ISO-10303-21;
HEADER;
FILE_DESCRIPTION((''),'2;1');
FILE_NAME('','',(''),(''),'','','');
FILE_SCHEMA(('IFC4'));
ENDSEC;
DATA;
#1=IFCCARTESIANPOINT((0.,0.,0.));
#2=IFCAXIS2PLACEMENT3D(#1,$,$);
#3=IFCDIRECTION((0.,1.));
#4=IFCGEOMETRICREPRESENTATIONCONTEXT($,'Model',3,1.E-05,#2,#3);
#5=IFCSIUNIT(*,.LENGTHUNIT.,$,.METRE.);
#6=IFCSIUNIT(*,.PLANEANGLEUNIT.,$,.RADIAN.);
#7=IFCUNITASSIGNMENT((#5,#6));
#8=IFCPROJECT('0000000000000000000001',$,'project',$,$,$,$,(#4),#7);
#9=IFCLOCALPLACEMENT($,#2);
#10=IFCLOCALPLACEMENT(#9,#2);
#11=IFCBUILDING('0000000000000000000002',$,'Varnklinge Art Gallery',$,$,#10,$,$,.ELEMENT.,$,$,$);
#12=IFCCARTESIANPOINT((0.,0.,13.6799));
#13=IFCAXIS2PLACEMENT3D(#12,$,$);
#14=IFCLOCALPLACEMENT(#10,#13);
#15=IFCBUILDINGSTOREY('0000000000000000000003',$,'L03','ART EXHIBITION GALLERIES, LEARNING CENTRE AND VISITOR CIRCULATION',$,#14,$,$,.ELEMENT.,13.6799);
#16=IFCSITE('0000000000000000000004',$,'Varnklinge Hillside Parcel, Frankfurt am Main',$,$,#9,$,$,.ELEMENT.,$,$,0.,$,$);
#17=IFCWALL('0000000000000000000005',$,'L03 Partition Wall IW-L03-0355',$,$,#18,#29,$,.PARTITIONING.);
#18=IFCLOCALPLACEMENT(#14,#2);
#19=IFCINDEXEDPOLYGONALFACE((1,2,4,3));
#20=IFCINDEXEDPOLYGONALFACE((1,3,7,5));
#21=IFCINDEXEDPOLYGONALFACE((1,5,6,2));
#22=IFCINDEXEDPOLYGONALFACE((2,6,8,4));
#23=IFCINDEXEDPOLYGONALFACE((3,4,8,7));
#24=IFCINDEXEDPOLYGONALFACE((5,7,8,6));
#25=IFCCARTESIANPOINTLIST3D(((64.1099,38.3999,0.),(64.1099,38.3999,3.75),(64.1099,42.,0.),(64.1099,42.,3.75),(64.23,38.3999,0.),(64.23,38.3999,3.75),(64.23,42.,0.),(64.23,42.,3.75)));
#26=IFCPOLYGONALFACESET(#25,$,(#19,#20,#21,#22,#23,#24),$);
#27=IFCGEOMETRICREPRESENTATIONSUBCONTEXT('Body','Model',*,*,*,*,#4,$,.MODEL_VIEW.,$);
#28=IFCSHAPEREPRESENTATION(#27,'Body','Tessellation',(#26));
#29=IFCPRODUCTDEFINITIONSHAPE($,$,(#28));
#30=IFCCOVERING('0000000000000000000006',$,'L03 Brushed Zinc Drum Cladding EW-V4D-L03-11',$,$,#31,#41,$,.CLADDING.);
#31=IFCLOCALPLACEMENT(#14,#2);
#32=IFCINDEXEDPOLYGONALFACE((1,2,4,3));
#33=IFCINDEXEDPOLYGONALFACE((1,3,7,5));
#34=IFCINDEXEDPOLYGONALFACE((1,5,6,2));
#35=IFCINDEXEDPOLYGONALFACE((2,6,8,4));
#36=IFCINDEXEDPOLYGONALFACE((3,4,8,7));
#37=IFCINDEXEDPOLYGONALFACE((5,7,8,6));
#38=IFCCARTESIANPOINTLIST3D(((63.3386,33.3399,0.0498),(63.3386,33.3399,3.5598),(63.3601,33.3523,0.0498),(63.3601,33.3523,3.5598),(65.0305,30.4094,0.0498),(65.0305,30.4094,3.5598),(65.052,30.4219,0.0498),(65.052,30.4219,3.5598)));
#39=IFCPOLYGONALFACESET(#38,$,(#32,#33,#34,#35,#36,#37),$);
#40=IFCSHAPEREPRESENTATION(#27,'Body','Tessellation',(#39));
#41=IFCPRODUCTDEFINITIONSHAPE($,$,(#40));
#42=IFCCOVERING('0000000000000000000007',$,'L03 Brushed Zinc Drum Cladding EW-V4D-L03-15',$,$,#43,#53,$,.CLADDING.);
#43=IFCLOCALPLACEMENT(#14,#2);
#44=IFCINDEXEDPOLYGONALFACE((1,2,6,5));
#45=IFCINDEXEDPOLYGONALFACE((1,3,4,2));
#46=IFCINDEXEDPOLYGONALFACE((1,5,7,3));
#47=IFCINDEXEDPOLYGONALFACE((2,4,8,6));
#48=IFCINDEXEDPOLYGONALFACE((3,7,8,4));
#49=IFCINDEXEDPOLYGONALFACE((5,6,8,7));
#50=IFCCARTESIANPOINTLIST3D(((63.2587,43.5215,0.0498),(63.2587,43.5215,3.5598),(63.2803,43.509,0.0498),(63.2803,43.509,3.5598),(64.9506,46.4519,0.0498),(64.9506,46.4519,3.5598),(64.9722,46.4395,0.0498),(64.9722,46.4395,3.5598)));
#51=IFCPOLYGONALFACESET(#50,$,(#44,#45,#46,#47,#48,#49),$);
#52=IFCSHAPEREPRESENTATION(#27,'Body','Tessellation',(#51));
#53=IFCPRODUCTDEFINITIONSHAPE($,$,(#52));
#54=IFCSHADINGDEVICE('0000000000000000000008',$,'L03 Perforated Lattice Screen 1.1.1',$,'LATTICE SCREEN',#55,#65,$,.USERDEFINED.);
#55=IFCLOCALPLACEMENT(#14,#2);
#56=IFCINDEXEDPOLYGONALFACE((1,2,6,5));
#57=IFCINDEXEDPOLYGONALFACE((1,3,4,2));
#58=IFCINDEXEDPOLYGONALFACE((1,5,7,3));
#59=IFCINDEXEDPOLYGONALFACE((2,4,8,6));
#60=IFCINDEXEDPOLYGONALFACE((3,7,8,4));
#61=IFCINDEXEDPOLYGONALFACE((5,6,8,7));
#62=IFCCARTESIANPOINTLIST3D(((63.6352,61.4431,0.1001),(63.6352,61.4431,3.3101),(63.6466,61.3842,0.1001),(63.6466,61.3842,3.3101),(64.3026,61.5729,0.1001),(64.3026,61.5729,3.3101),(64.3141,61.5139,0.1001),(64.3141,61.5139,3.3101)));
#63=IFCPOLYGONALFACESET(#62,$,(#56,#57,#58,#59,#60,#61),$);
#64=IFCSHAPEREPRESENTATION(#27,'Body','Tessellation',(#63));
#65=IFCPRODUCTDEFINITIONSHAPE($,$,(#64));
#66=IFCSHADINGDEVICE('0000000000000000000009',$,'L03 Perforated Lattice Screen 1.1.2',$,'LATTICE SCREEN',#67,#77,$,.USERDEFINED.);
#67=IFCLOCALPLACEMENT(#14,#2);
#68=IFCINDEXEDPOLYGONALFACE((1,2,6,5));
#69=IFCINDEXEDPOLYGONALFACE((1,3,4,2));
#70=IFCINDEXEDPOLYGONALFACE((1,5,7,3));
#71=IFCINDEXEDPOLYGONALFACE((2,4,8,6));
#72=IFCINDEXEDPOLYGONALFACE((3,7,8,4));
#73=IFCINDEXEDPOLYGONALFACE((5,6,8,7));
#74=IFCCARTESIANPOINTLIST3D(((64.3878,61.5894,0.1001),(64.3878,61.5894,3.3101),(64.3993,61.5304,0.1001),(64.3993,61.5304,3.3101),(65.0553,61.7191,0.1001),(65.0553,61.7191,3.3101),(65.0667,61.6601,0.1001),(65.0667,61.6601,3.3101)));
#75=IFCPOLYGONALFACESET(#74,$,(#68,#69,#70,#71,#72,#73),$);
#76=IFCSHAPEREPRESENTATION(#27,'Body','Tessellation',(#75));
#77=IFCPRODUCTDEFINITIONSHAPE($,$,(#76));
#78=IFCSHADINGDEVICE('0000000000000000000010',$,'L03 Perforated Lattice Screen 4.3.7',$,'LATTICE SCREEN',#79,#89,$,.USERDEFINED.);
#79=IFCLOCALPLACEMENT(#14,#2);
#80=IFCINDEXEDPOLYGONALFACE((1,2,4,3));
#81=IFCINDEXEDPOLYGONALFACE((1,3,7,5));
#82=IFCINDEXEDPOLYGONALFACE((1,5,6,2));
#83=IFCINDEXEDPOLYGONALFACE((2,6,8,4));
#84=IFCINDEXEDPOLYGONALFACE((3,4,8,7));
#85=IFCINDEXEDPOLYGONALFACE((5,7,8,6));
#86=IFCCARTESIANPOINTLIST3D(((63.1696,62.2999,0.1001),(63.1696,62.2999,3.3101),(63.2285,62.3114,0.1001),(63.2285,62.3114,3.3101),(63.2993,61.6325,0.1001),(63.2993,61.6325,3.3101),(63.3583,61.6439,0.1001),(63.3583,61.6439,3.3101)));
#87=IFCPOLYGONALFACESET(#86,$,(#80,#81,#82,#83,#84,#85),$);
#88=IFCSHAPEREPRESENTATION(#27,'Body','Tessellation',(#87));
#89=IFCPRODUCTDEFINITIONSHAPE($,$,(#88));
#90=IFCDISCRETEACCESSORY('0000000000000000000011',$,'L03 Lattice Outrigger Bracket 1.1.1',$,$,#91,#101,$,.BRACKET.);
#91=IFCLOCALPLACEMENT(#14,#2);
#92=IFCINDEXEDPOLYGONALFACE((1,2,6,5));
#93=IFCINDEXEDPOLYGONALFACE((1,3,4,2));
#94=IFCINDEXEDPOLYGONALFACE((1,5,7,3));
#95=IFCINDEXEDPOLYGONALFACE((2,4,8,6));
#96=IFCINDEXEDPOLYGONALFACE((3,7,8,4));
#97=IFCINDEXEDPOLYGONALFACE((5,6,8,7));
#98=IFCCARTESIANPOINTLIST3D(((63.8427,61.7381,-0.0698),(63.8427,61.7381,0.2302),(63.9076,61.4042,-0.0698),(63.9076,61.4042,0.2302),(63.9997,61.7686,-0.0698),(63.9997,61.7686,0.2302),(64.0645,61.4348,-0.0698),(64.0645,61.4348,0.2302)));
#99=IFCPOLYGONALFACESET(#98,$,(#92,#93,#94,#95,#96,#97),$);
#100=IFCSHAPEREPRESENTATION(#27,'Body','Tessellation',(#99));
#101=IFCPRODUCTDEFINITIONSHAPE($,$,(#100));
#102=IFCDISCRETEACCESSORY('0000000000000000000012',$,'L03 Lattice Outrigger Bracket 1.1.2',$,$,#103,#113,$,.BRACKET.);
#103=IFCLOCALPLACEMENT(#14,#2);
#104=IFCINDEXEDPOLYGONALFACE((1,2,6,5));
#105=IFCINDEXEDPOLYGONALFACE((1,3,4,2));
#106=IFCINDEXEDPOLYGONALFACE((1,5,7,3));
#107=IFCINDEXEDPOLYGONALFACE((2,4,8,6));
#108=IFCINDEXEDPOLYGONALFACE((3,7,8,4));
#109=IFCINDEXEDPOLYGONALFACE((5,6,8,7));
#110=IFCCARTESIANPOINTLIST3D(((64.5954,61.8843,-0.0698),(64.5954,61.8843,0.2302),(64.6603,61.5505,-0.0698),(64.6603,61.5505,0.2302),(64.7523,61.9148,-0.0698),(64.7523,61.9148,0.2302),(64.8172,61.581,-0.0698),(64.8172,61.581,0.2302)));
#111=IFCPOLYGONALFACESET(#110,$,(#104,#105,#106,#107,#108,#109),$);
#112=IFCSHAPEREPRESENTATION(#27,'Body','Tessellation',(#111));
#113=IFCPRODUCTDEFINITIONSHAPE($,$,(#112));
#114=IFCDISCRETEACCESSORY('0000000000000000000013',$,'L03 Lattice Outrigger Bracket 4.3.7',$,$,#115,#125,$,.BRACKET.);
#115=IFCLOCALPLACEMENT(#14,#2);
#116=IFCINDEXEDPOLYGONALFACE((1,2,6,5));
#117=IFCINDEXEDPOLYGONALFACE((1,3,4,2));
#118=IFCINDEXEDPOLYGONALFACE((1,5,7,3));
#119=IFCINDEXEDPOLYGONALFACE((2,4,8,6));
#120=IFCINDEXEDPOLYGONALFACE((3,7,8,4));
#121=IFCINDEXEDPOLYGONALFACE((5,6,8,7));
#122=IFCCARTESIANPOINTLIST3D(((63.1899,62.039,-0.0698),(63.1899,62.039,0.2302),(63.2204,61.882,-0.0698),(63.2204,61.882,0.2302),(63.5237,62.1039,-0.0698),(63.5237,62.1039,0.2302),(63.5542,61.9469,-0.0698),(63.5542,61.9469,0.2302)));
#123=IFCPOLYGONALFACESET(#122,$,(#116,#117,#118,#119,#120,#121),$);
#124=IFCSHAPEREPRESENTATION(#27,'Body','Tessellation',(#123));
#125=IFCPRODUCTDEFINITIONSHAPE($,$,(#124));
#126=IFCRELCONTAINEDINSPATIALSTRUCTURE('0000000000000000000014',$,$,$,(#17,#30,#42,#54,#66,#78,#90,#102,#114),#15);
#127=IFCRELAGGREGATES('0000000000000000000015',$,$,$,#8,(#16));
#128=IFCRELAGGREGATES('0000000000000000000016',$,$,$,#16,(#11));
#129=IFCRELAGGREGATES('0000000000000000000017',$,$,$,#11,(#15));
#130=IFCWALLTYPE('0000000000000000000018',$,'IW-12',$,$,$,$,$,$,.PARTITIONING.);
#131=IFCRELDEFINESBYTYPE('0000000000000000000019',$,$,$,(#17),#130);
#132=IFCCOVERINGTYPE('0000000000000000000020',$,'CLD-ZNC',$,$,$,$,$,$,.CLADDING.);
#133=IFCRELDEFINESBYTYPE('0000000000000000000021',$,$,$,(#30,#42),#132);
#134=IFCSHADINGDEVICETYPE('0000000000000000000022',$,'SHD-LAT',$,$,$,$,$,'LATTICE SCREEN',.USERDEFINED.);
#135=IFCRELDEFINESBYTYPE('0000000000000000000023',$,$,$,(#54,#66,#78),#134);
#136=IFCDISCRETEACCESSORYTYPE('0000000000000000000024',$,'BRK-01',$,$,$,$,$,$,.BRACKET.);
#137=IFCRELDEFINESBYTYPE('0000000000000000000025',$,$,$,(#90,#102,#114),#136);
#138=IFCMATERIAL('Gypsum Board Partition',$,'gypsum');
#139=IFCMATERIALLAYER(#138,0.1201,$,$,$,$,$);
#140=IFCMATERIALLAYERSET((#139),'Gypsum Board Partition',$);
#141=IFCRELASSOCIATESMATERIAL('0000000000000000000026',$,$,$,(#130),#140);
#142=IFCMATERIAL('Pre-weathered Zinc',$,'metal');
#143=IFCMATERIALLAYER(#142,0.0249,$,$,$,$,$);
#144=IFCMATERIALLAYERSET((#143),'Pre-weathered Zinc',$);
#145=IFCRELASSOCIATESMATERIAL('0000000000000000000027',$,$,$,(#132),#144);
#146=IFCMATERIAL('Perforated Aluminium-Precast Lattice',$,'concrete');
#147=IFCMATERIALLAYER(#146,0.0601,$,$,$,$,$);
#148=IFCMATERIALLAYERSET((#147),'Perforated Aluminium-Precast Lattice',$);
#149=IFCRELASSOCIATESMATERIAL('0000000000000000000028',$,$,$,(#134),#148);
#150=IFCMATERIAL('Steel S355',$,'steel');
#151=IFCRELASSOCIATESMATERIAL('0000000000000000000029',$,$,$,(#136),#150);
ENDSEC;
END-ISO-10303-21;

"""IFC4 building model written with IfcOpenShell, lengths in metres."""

from ifc_helpers import new_model, si_unit, direction, frame, frame_2d, origin, origin_2d, place, context, subcontext, project, spatial, rectangle, extrude, material, layer, layer_set, type_object, element, save


model = new_model("IFC4")

# Units and contexts
model_context = context("Model", 3, precision=1e-05, world=origin(), true_north=direction((0.0, 1.0)))
body_context = subcontext(model_context, "Body", "Model", "MODEL_VIEW")
ifc_project = project(units=[si_unit("LENGTHUNIT", "METRE"), si_unit("PLANEANGLEUNIT", "RADIAN")], contexts=[model_context])

# Site, building, storey
site_placement = place(None, origin())
site = spatial("IfcSite", under=ifc_project, at=site_placement, Name="Varnklinge Hillside Parcel, Frankfurt am Main", CompositionType="ELEMENT", RefElevation=0.0)
building_placement = place(site_placement, origin())
building = spatial("IfcBuilding", under=site, at=building_placement, Name="Varnklinge Art Gallery", CompositionType="ELEMENT")
storey_placement = place(building_placement, frame((0.0, 0.0, 13.6799)))
storey = spatial("IfcBuildingStorey", under=building, at=storey_placement, Name="L03", Description="ART EXHIBITION GALLERIES, LEARNING CENTRE AND VISITOR CIRCULATION", CompositionType="ELEMENT", Elevation=13.6799)

# Wall
ifc_material_1 = material(Name="Gypsum Board Partition", Category="gypsum")
ifc_layer_1 = layer(ifc_material_1, 0.1201)
ifc_layer_set_1 = layer_set([ifc_layer_1], Name="Gypsum Board Partition")
wall_type_1 = type_object("IfcWallType", Name="IW-12", PredefinedType="PARTITIONING", material=ifc_layer_set_1)
wall_1_placement = place(storey_placement, frame((64.1699, 38.3999, 0.0), z_axis=(0.0, 0.0, 1.0), x_axis=(0.0, 1.0, 0.0)))
element("IfcWall", 1, at=wall_1_placement, inside=storey, type_object=wall_type_1, Name="L03 Partition Wall IW-L03-0355", PredefinedType="PARTITIONING", context=body_context, shape_type="SweptSolid", body=[
    extrude(rectangle(XDim=3.6001, YDim=0.1201, at=frame_2d((1.8, 0.0))), origin(), (0.0, 0.0, 1.0), 3.75),
])

# Coverings
ifc_material_2 = material(Name="Pre-weathered Zinc", Category="metal")
ifc_layer_2 = layer(ifc_material_2, 0.0249)
ifc_layer_set_2 = layer_set([ifc_layer_2], Name="Pre-weathered Zinc")
covering_type = type_object("IfcCoveringType", Name="CLD-ZNC", PredefinedType="CLADDING", material=ifc_layer_set_2)
for number, where, z_axis, x_axis, name in (
    (2, (64.1953, 31.8809, 0.0498), (0.0, 0.0, 1.0), (-0.5, 0.866025, 0.0), "L03 Brushed Zinc Drum Cladding EW-V4D-L03-11"),
    (3, (64.1155, 44.9805, 0.0498), (0.0, 0.0, 1.0), (0.5, 0.866025, 0.0), "L03 Brushed Zinc Drum Cladding EW-V4D-L03-15"),
):
    element("IfcCovering", number, at=place(storey_placement, frame(where, z_axis=z_axis, x_axis=x_axis)), inside=storey, type_object=covering_type, Name=name, PredefinedType="CLADDING", context=body_context, shape_type="SweptSolid", body=[
        extrude(rectangle(XDim=3.3838, YDim=0.0249, at=origin_2d()), origin(), (0.0, 0.0, 1.0), 3.51),
    ])

# Shading devices
ifc_material_3 = material(Name="Perforated Aluminium-Precast Lattice", Category="concrete")
ifc_layer_3 = layer(ifc_material_3, 0.0601)
ifc_layer_set_3 = layer_set([ifc_layer_3], Name="Perforated Aluminium-Precast Lattice")
shading_device_type = type_object("IfcShadingDeviceType", Name="SHD-LAT", ElementType="LATTICE SCREEN", PredefinedType="USERDEFINED", material=ifc_layer_set_3)
for number, where, z_axis, x_axis, name in (
    (4, (63.9746, 61.4785, 0.1001), (0.0, 0.0, 1.0), (0.981627, 0.190809, 0.0), "L03 Perforated Lattice Screen 1.1.1"),
    (5, (64.7273, 61.6248, 0.1001), (0.0, 0.0, 1.0), (0.981627, 0.190809, 0.0), "L03 Perforated Lattice Screen 1.1.2"),
    (6, (63.2639, 61.9719, 0.1001), (0.0, 0.0, 1.0), (0.190809, -0.981627, 0.0), "L03 Perforated Lattice Screen 4.3.7"),
):
    element("IfcShadingDevice", number, at=place(storey_placement, frame(where, z_axis=z_axis, x_axis=x_axis)), inside=storey, type_object=shading_device_type, Name=name, ObjectType="LATTICE SCREEN", PredefinedType="USERDEFINED", context=body_context, shape_type="SweptSolid", body=[
        extrude(rectangle(XDim=0.6799, YDim=0.0601, at=origin_2d()), origin(), (0.0, 0.0, 1.0), 3.21),
    ])

# Discrete accessories
ifc_material_4 = material(Name="Steel S355", Category="steel")
discrete_accessory_type = type_object("IfcDiscreteAccessoryType", Name="BRK-01", PredefinedType="BRACKET", material=ifc_material_4)
for number, where, z_axis, x_axis, name in (
    (7, (63.9536, 61.5864, -0.0698), (0.0, 0.0, 1.0), (0.981627, 0.190809, 0.0), "L03 Lattice Outrigger Bracket 1.1.1"),
    (8, (64.7063, 61.7327, -0.0698), (0.0, 0.0, 1.0), (0.981627, 0.190809, 0.0), "L03 Lattice Outrigger Bracket 1.1.2"),
    (9, (63.3721, 61.9929, -0.0698), (0.0, 0.0, 1.0), (0.190809, -0.981627, 0.0), "L03 Lattice Outrigger Bracket 4.3.7"),
):
    element("IfcDiscreteAccessory", number, at=place(storey_placement, frame(where, z_axis=z_axis, x_axis=x_axis)), inside=storey, type_object=discrete_accessory_type, Name=name, PredefinedType="BRACKET", context=body_context, shape_type="SweptSolid", body=[
        extrude(rectangle(XDim=0.1599, YDim=0.3401, at=origin_2d()), origin(), (0.0, 0.0, 1.0), 0.3),
    ])

save(model, "model.ifc")
